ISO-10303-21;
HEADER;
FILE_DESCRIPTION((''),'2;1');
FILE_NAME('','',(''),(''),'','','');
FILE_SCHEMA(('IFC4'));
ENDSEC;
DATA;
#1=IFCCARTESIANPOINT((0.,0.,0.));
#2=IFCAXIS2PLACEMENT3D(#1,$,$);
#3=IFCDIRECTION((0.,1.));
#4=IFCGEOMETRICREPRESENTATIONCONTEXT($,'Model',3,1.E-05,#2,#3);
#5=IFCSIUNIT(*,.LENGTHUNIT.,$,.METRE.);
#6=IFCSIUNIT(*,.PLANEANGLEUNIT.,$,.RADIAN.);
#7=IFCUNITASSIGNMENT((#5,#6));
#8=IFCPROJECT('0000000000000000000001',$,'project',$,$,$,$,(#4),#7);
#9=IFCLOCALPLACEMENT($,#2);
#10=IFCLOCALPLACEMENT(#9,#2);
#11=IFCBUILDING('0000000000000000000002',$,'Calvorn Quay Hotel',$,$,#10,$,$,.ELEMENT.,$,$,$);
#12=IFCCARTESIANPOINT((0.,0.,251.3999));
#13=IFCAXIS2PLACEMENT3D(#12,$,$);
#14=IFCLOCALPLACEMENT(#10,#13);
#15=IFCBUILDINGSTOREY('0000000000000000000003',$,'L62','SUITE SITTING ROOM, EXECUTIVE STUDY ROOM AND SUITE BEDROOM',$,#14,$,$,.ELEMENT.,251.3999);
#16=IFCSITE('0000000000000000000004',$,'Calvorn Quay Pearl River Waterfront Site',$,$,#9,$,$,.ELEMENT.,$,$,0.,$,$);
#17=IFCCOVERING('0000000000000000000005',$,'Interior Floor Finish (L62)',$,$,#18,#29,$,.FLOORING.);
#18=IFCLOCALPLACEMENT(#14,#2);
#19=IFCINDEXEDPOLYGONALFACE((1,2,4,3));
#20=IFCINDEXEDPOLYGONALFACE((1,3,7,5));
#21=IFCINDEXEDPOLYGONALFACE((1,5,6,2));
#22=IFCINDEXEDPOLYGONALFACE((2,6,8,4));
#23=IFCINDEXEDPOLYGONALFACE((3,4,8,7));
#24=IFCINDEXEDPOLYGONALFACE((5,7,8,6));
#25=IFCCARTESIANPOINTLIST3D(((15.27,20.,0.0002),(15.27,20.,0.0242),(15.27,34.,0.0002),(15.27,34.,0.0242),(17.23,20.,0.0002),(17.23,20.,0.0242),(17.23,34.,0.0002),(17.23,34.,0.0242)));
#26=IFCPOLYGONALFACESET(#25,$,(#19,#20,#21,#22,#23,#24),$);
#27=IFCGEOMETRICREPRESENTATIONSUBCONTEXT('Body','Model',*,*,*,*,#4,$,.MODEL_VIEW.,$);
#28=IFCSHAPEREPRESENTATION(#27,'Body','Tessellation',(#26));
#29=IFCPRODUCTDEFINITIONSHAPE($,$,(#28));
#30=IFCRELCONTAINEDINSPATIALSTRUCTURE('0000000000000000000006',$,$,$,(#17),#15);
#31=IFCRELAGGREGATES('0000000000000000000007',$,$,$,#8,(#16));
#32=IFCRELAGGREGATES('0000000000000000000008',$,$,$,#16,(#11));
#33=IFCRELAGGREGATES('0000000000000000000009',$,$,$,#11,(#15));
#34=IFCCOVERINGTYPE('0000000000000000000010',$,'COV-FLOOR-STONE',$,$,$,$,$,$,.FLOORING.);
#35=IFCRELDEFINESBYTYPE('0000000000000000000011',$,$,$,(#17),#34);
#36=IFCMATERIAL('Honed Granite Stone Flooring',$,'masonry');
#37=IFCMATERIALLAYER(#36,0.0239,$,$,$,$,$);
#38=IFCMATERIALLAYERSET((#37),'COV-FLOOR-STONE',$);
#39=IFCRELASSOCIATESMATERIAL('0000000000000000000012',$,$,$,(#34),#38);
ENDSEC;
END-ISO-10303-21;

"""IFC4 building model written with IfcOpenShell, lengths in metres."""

from ifc_helpers import new_model, si_unit, direction, frame, origin, origin_2d, place, context, subcontext, project, spatial, rectangle, extrude, material, layer, layer_set, type_object, element, save


model = new_model("IFC4")

# Units and contexts
model_context = context("Model", 3, precision=1e-05, world=origin(), true_north=direction((0.0, 1.0)))
body_context = subcontext(model_context, "Body", "Model", "MODEL_VIEW")
ifc_project = project(units=[si_unit("LENGTHUNIT", "METRE"), si_unit("PLANEANGLEUNIT", "RADIAN")], contexts=[model_context])

# Site, building, storey
site_placement = place(None, origin())
site = spatial("IfcSite", under=ifc_project, at=site_placement, Name="Calvorn Quay Pearl River Waterfront Site", CompositionType="ELEMENT", RefElevation=0.0)
building_placement = place(site_placement, origin())
building = spatial("IfcBuilding", under=site, at=building_placement, Name="Calvorn Quay Hotel", CompositionType="ELEMENT")
storey_placement = place(building_placement, frame((0.0, 0.0, 251.3999)))
storey = spatial("IfcBuildingStorey", under=building, at=storey_placement, Name="L62", Description="SUITE SITTING ROOM, EXECUTIVE STUDY ROOM AND SUITE BEDROOM", CompositionType="ELEMENT", Elevation=251.3999)

# Covering
ifc_material_1 = material(Name="Honed Granite Stone Flooring", Category="masonry")
ifc_layer_1 = layer(ifc_material_1, 0.0239)
ifc_layer_set_1 = layer_set([ifc_layer_1], Name="COV-FLOOR-STONE")
covering_type_1 = type_object("IfcCoveringType", Name="COV-FLOOR-STONE", PredefinedType="FLOORING", material=ifc_layer_set_1)
covering_1_placement = place(storey_placement, frame((16.25, 27.0, 0.0002), z_axis=(0.0, 0.0, 1.0), x_axis=(1.0, 0.0, 0.0)))
element("IfcCovering", 1, at=covering_1_placement, inside=storey, type_object=covering_type_1, Name="Interior Floor Finish (L62)", PredefinedType="FLOORING", context=body_context, shape_type="SweptSolid", body=[
    extrude(rectangle(XDim=1.96, YDim=14.0, at=origin_2d()), origin(), (0.0, 0.0, 1.0), 0.0239),
])

save(model, "model.ifc")
